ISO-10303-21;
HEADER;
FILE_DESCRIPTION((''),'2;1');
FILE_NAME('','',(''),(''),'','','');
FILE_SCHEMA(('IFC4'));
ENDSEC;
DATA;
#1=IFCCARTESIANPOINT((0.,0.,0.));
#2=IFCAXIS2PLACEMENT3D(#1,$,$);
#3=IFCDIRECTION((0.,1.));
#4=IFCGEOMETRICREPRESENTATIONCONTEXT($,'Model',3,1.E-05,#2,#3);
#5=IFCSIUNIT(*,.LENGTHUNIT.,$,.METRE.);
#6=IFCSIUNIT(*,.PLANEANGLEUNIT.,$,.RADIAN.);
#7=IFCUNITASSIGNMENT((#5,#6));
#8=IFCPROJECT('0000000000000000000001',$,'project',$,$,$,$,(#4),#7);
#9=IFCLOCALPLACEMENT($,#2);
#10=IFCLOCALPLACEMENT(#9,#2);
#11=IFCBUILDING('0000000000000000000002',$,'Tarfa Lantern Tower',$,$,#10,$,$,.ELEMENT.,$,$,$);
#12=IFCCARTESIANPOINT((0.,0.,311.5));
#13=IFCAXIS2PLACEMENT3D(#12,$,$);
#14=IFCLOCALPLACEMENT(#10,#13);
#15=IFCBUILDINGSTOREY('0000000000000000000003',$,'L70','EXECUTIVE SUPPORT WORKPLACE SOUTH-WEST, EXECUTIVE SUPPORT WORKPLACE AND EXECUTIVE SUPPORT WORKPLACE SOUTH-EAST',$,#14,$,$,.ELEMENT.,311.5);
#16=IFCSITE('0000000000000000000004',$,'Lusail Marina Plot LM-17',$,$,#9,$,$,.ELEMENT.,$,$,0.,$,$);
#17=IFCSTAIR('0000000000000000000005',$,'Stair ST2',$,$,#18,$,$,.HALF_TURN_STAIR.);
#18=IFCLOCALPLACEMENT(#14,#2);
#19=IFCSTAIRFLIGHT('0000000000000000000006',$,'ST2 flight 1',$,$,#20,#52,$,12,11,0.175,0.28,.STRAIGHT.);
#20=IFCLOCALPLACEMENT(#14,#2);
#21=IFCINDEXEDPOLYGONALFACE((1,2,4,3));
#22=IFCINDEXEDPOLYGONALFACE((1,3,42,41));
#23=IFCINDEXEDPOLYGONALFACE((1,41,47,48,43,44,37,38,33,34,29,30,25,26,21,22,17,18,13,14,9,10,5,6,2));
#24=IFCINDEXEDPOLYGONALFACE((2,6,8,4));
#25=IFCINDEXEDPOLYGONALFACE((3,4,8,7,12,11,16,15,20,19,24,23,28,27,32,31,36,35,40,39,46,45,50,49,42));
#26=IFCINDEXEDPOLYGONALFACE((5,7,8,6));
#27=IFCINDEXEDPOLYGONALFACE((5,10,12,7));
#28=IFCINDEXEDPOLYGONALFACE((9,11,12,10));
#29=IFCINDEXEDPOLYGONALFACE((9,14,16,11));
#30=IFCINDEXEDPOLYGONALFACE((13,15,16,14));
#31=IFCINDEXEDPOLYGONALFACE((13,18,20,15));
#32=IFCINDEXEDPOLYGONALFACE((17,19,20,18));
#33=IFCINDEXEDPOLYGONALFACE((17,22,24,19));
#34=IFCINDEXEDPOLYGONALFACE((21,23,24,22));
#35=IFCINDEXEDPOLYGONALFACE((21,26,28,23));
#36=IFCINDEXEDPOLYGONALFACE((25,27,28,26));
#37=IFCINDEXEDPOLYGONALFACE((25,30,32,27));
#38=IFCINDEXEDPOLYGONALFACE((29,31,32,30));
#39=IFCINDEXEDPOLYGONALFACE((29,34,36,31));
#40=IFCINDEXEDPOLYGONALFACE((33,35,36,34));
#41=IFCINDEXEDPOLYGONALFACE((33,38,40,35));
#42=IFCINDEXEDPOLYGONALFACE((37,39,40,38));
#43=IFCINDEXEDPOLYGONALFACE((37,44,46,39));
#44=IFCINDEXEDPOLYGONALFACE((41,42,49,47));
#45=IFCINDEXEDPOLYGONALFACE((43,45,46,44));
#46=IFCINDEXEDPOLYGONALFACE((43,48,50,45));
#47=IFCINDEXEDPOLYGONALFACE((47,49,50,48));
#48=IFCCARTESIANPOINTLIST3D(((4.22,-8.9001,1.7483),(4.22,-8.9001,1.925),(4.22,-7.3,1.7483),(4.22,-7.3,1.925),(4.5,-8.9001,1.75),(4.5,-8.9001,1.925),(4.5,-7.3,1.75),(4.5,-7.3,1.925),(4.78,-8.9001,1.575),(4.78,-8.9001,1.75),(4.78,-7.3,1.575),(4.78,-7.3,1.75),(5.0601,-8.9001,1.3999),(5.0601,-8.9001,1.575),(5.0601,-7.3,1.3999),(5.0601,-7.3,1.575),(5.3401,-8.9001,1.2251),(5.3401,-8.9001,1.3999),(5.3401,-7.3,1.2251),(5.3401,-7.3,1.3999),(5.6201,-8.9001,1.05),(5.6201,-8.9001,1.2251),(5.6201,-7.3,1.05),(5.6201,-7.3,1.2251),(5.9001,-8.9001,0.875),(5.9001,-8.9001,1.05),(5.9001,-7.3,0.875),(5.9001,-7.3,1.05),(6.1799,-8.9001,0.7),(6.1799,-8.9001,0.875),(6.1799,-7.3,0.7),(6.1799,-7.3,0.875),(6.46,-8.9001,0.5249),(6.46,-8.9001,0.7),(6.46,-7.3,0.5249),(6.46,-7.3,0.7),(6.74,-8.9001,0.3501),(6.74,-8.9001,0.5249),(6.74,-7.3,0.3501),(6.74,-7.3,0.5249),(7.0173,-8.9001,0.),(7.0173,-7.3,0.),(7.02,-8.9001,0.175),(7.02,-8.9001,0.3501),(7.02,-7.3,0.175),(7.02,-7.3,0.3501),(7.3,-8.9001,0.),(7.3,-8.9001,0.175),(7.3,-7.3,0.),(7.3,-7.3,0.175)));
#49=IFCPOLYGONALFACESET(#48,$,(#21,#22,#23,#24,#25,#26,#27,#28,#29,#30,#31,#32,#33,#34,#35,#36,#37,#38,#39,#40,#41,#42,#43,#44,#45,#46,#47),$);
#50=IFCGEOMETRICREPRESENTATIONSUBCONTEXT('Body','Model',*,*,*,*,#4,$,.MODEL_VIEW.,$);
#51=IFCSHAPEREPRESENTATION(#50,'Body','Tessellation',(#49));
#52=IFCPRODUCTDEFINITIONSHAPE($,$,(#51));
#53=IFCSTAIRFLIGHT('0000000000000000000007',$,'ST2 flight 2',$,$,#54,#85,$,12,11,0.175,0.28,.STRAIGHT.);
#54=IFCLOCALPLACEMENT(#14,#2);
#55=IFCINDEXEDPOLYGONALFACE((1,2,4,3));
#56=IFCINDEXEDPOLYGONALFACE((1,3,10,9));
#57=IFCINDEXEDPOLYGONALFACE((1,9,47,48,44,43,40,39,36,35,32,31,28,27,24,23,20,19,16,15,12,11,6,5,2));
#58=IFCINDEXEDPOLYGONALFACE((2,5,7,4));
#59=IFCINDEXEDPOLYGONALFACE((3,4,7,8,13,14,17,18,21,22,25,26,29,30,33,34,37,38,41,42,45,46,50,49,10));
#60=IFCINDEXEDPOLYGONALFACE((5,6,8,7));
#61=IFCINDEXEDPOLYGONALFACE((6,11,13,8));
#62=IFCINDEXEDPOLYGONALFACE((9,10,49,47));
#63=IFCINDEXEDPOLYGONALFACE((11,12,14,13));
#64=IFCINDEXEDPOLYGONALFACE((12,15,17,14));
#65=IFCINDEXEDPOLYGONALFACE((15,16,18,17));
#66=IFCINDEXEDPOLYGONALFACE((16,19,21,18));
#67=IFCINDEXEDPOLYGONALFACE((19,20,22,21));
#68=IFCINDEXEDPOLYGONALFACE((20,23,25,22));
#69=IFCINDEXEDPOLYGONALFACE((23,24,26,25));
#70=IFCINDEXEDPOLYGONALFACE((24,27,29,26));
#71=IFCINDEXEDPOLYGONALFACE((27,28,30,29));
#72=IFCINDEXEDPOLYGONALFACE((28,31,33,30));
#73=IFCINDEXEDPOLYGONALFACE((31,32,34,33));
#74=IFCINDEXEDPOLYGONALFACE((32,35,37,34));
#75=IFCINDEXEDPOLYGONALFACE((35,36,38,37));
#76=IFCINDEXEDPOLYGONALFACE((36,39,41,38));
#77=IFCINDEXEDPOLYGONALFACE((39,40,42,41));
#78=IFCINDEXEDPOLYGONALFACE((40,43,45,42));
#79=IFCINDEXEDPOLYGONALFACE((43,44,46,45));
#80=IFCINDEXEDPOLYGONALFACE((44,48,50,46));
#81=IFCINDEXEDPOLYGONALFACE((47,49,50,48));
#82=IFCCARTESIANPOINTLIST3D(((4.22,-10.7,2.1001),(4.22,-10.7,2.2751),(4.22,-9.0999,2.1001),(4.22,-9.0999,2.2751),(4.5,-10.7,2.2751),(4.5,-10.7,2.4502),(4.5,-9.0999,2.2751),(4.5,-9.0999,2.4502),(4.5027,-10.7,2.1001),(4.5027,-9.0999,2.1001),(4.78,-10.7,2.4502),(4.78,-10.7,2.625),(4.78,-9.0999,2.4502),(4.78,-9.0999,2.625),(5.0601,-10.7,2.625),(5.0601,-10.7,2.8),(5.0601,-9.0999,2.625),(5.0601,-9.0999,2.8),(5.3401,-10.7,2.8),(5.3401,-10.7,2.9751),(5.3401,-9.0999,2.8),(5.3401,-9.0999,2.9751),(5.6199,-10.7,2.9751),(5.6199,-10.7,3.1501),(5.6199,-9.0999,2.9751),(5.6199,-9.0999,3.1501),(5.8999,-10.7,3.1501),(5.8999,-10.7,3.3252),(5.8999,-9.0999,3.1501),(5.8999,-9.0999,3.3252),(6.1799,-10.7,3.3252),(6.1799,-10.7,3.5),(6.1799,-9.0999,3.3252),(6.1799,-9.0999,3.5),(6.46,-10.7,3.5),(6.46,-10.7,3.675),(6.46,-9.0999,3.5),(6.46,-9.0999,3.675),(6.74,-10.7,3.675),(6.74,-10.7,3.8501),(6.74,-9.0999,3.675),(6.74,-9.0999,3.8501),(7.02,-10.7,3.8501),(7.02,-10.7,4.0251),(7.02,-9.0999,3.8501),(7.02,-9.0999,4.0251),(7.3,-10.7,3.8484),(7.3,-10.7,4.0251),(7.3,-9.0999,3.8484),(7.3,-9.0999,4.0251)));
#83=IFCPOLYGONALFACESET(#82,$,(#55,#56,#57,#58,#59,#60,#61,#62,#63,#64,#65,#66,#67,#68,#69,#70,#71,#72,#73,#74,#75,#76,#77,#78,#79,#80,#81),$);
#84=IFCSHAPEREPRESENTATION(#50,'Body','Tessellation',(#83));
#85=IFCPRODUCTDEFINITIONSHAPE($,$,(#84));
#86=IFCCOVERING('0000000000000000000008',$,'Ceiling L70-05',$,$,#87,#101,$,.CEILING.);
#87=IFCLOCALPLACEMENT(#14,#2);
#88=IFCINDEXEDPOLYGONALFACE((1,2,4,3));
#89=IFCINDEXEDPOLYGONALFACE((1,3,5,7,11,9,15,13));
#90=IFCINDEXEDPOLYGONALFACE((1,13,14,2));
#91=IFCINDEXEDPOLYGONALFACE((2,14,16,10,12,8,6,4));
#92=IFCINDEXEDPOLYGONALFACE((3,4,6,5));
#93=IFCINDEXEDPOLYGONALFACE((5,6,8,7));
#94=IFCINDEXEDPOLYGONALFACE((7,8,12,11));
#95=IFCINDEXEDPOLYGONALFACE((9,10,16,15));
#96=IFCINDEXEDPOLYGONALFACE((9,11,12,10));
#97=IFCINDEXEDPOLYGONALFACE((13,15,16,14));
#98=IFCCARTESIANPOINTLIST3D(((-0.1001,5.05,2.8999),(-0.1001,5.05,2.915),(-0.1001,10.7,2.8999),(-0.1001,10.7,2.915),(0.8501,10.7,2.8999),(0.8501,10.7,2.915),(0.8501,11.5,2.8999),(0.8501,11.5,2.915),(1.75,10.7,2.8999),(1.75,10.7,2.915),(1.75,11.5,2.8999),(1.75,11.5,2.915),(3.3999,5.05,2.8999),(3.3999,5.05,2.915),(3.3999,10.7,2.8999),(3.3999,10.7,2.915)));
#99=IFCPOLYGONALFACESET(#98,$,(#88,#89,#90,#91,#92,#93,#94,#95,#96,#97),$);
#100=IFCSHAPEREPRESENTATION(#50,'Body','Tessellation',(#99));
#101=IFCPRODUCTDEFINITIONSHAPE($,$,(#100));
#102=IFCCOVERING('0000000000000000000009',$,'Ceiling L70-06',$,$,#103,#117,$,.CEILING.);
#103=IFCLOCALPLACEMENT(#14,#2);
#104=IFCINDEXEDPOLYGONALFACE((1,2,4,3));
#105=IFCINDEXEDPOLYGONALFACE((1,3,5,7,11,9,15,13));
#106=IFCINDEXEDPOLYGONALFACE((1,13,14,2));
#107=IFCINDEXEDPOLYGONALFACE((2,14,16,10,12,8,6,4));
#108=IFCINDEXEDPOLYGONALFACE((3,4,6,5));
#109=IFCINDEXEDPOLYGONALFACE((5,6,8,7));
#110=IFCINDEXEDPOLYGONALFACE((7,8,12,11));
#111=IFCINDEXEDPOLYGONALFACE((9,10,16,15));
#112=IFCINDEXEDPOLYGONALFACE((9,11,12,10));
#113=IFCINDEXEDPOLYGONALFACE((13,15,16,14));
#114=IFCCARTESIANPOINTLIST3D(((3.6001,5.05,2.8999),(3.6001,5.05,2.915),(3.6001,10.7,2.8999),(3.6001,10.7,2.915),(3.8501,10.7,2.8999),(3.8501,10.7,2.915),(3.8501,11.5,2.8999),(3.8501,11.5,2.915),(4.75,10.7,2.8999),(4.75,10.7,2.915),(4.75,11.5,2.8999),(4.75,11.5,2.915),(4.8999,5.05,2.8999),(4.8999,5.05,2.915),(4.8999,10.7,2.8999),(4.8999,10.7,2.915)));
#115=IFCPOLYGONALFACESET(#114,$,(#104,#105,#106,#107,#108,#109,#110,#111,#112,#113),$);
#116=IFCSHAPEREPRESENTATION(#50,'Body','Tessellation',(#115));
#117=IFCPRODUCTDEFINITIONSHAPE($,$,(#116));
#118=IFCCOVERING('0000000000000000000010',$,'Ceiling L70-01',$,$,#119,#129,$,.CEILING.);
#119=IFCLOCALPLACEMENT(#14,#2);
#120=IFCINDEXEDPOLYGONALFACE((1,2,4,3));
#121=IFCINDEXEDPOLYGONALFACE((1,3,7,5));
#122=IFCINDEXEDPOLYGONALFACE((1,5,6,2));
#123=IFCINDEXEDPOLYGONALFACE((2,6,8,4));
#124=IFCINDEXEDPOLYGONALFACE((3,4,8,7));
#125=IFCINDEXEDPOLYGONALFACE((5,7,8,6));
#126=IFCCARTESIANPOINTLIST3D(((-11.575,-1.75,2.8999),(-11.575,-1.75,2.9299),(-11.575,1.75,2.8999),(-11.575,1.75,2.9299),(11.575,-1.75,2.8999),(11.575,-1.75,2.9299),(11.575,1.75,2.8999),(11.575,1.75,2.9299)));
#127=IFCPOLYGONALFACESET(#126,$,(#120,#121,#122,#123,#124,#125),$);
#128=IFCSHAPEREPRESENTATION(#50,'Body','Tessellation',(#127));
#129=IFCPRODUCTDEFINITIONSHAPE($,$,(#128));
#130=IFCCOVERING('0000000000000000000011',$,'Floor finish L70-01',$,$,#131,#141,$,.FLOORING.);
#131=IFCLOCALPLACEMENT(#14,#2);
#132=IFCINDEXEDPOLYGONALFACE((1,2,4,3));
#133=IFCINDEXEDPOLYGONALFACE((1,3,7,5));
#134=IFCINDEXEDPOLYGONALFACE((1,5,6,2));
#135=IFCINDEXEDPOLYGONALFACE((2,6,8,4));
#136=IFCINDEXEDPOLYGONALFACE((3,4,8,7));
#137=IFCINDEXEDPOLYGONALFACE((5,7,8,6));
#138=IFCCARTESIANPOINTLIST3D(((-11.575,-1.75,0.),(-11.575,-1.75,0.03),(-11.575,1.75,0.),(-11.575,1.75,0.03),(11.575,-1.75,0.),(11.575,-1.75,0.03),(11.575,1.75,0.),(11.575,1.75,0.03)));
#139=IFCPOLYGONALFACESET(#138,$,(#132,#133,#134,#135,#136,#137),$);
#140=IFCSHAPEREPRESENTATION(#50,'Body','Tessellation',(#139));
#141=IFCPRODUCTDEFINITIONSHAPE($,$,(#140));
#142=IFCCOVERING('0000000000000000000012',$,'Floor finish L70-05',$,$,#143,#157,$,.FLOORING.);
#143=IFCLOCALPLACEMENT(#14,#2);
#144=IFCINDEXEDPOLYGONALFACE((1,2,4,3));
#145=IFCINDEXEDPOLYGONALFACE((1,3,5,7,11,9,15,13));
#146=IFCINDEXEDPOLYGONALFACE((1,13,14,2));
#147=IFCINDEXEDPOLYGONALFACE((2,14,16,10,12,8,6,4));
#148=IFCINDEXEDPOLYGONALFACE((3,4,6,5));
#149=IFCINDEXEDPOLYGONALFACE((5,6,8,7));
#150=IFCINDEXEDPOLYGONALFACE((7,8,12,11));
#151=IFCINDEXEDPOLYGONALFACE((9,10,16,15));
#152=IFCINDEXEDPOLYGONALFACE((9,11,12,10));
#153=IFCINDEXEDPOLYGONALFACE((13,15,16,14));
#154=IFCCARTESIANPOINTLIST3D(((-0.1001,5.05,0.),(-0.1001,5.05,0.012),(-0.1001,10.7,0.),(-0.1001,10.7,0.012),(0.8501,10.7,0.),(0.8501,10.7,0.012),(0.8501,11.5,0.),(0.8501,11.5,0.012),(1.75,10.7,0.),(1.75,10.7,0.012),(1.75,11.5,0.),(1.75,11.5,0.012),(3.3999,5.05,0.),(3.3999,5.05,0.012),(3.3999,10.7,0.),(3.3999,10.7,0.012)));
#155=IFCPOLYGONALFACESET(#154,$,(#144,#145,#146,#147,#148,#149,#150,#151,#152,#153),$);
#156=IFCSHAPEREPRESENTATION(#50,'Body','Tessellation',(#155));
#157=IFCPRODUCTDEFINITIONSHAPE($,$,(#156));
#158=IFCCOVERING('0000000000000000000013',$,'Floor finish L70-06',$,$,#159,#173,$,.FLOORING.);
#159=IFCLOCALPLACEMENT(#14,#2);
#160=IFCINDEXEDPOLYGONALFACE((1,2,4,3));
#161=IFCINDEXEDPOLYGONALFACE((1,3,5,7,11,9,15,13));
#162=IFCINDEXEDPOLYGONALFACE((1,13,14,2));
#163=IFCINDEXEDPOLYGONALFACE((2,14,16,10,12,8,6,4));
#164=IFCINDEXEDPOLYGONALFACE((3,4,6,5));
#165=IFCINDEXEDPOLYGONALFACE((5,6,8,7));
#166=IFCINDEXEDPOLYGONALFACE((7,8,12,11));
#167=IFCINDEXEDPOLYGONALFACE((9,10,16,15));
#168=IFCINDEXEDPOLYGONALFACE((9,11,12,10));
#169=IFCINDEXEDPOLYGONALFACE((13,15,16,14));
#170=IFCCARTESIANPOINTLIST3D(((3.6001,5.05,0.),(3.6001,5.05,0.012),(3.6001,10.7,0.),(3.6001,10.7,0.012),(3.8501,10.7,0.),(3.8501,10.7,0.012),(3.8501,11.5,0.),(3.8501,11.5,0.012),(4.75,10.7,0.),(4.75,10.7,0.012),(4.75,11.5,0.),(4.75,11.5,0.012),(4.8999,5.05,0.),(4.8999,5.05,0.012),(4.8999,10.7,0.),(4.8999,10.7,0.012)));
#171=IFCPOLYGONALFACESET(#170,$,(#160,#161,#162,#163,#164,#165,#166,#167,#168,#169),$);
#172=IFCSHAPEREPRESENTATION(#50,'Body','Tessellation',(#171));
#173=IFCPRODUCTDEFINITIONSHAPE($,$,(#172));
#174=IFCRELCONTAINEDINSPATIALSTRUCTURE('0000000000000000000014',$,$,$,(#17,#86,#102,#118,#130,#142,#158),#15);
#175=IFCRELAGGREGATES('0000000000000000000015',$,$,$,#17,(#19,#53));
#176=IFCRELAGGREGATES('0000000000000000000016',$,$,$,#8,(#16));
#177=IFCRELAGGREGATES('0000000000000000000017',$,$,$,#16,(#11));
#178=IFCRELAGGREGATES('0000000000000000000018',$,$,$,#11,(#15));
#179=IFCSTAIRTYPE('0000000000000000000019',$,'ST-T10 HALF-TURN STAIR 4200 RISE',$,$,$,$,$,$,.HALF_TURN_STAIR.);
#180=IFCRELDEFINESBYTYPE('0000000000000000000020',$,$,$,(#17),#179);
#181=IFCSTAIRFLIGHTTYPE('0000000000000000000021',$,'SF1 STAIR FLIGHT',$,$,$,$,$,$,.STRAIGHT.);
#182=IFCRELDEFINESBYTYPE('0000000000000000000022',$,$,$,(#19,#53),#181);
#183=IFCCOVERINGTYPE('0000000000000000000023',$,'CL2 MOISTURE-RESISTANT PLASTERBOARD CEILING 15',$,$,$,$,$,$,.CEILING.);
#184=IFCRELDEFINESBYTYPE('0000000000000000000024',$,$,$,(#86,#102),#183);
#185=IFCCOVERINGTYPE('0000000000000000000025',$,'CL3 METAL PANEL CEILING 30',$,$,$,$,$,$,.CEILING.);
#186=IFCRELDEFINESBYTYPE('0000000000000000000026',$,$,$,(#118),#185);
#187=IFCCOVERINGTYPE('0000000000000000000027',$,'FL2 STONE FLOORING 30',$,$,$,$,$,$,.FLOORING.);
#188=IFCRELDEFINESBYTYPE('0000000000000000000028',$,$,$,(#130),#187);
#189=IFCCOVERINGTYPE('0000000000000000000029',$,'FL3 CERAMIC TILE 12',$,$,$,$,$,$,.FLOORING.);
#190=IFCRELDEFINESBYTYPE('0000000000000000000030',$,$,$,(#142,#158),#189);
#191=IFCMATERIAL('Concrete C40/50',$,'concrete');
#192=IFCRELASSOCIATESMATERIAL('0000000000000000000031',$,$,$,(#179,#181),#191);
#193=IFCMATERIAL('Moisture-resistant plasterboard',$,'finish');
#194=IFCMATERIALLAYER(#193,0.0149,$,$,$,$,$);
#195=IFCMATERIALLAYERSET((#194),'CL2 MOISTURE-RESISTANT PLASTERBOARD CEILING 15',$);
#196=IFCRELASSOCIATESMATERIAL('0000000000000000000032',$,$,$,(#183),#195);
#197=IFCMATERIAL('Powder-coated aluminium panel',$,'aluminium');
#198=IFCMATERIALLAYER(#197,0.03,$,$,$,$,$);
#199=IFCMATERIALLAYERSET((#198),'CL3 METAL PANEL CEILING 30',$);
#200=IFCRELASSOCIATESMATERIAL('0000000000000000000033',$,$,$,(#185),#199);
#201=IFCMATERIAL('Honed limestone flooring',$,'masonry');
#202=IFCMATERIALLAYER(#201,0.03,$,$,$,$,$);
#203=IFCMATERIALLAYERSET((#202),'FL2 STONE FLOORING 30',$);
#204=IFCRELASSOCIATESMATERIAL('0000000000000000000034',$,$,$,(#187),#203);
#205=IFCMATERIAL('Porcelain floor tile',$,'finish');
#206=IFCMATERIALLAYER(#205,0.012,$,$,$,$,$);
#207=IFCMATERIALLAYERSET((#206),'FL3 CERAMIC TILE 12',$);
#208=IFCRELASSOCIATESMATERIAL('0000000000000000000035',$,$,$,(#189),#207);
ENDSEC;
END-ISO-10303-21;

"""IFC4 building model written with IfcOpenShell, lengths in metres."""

from ifc_helpers import new_model, si_unit, direction, frame, origin, place, context, subcontext, project, spatial, polyline, outline, extrude, material, layer, layer_set, type_object, element, aggregate, save


model = new_model("IFC4")

# Units and contexts
model_context = context("Model", 3, precision=1e-05, world=origin(), true_north=direction((0.0, 1.0)))
body_context = subcontext(model_context, "Body", "Model", "MODEL_VIEW")
ifc_project = project(units=[si_unit("LENGTHUNIT", "METRE"), si_unit("PLANEANGLEUNIT", "RADIAN")], contexts=[model_context])

# Site, building, storey
site_placement = place(None, origin())
site = spatial("IfcSite", under=ifc_project, at=site_placement, Name="Lusail Marina Plot LM-17", CompositionType="ELEMENT", RefElevation=0.0)
building_placement = place(site_placement, origin())
building = spatial("IfcBuilding", under=site, at=building_placement, Name="Tarfa Lantern Tower", CompositionType="ELEMENT")
storey_placement = place(building_placement, frame((0.0, 0.0, 311.5)))
storey = spatial("IfcBuildingStorey", under=building, at=storey_placement, Name="L70", Description="EXECUTIVE SUPPORT WORKPLACE SOUTH-WEST, EXECUTIVE SUPPORT WORKPLACE AND EXECUTIVE SUPPORT WORKPLACE SOUTH-EAST", CompositionType="ELEMENT", Elevation=311.5)

# Stair
ifc_material_1 = material(Name="Concrete C40/50", Category="concrete")
stair_type = type_object("IfcStairType", Name="ST-T10 HALF-TURN STAIR 4200 RISE", PredefinedType="HALF_TURN_STAIR", material=ifc_material_1)
stair_1_placement = place(storey_placement, origin())
stair_1 = element("IfcStair", 1, at=stair_1_placement, inside=storey, type_object=stair_type, Name="Stair ST2", PredefinedType="HALF_TURN_STAIR")

# Stair flights
stair_flight_type = type_object("IfcStairFlightType", Name="SF1 STAIR FLIGHT", PredefinedType="STRAIGHT", material=ifc_material_1)
stair_flight_1_placement = place(storey_placement, frame((7.3, -8.1001, 0.0), z_axis=(0.0, 0.0, 1.0), x_axis=(-1.0, 0.0, 0.0)))
stair_flight_1 = element("IfcStairFlight", 2, at=stair_flight_1_placement, type_object=stair_flight_type, Name="ST2 flight 1", NumberOfRisers=12, NumberOfTreads=11, PredefinedType="STRAIGHT", RiserHeight=0.175, TreadLength=0.28, context=body_context, shape_type="SweptSolid", body=[
    extrude(outline(polyline([(0.0, 0.0), (0.0, 0.175), (0.28, 0.175), (0.28, 0.3501), (0.5601, 0.3501), (0.5601, 0.5249), (0.8401, 0.5249), (0.8401, 0.7), (1.1201, 0.7), (1.1201, 0.875), (1.3999, 0.875), (1.3999, 1.05), (1.6799, 1.05), (1.6799, 1.2251), (1.96, 1.2251), (1.96, 1.3999), (2.24, 1.3999), (2.24, 1.575), (2.52, 1.575), (2.52, 1.75), (2.8, 1.75), (2.8, 1.925), (3.0801, 1.925), (3.0801, 2.1001), (3.0801, 1.7483), (0.2827, 0.0), (0.0, 0.0)])), frame((0.0, 0.8, 0.0), z_axis=(0.0, -1.0, 0.0), x_axis=(1.0, 0.0, 0.0)), (0.0, 0.0, 1.0), 1.6001),
])
stair_flight_2_placement = place(storey_placement, frame((4.22, -9.8999, 2.1001), z_axis=(0.0, 0.0, 1.0), x_axis=(1.0, 0.0, 0.0)))
stair_flight_2 = element("IfcStairFlight", 3, at=stair_flight_2_placement, type_object=stair_flight_type, Name="ST2 flight 2", NumberOfRisers=12, NumberOfTreads=11, PredefinedType="STRAIGHT", RiserHeight=0.175, TreadLength=0.28, context=body_context, shape_type="SweptSolid", body=[
    extrude(outline(polyline([(0.0, 0.0), (0.0, 0.175), (0.28, 0.175), (0.28, 0.3501), (0.5601, 0.3501), (0.5601, 0.5249), (0.8401, 0.5249), (0.8401, 0.7), (1.1201, 0.7), (1.1201, 0.875), (1.3999, 0.875), (1.3999, 1.05), (1.6799, 1.05), (1.6799, 1.2251), (1.96, 1.2251), (1.96, 1.3999), (2.24, 1.3999), (2.24, 1.575), (2.52, 1.575), (2.52, 1.75), (2.8, 1.75), (2.8, 1.925), (3.0801, 1.925), (3.0801, 2.1001), (3.0801, 1.7483), (0.2827, 0.0), (0.0, 0.0)])), frame((0.0, 0.8, 0.0), z_axis=(0.0, -1.0, 0.0), x_axis=(1.0, 0.0, 0.0)), (0.0, 0.0, 1.0), 1.6001),
])
aggregate(stair_1, [stair_flight_1, stair_flight_2])

# Coverings
ifc_material_2 = material(Name="Moisture-resistant plasterboard", Category="finish")
ifc_layer_1 = layer(ifc_material_2, 0.0149)
ifc_layer_set_1 = layer_set([ifc_layer_1], Name="CL2 MOISTURE-RESISTANT PLASTERBOARD CEILING 15")
covering_type_1 = type_object("IfcCoveringType", Name="CL2 MOISTURE-RESISTANT PLASTERBOARD CEILING 15", PredefinedType="CEILING", material=ifc_layer_set_1)
covering_1_placement = place(storey_placement, frame((0.0, 0.0, 2.8999)))
element("IfcCovering", 4, at=covering_1_placement, inside=storey, type_object=covering_type_1, Name="Ceiling L70-05", PredefinedType="CEILING", context=body_context, shape_type="SweptSolid", body=[
    extrude(outline(polyline([(0.8501, 10.7), (-0.1001, 10.7), (-0.1001, 5.05), (3.3999, 5.05), (3.3999, 10.7), (1.75, 10.7), (1.75, 11.5), (0.8501, 11.5), (0.8501, 11.5), (0.8501, 10.7)])), origin(), (0.0, 0.0, 1.0), 0.0151),
])
covering_2_placement = place(storey_placement, frame((0.0, 0.0, 2.8999)))
element("IfcCovering", 5, at=covering_2_placement, inside=storey, type_object=covering_type_1, Name="Ceiling L70-06", PredefinedType="CEILING", context=body_context, shape_type="SweptSolid", body=[
    extrude(outline(polyline([(3.6001, 5.05), (4.8999, 5.05), (4.8999, 10.7), (4.75, 10.7), (4.75, 11.5), (3.8501, 11.5), (3.8501, 10.7), (3.6001, 10.7), (3.6001, 5.05)])), origin(), (0.0, 0.0, 1.0), 0.0151),
])
ifc_material_3 = material(Name="Powder-coated aluminium panel", Category="aluminium")
ifc_layer_2 = layer(ifc_material_3, 0.03)
ifc_layer_set_2 = layer_set([ifc_layer_2], Name="CL3 METAL PANEL CEILING 30")
covering_type_2 = type_object("IfcCoveringType", Name="CL3 METAL PANEL CEILING 30", PredefinedType="CEILING", material=ifc_layer_set_2)
covering_3_placement = place(storey_placement, frame((0.0, 0.0, 2.8999)))
element("IfcCovering", 6, at=covering_3_placement, inside=storey, type_object=covering_type_2, Name="Ceiling L70-01", PredefinedType="CEILING", context=body_context, shape_type="SweptSolid", body=[
    extrude(outline(polyline([(-11.575, -1.75), (11.575, -1.75), (11.575, 1.75), (-11.575, 1.75), (-11.575, -1.75)])), origin(), (0.0, 0.0, 1.0), 0.03),
])
ifc_material_4 = material(Name="Honed limestone flooring", Category="masonry")
ifc_layer_3 = layer(ifc_material_4, 0.03)
ifc_layer_set_3 = layer_set([ifc_layer_3], Name="FL2 STONE FLOORING 30")
covering_type_3 = type_object("IfcCoveringType", Name="FL2 STONE FLOORING 30", PredefinedType="FLOORING", material=ifc_layer_set_3)
covering_4_placement = place(storey_placement, origin())
element("IfcCovering", 7, at=covering_4_placement, inside=storey, type_object=covering_type_3, Name="Floor finish L70-01", PredefinedType="FLOORING", context=body_context, shape_type="SweptSolid", body=[
    extrude(outline(polyline([(-11.575, -1.75), (11.575, -1.75), (11.575, 1.75), (-11.575, 1.75), (-11.575, -1.75)])), origin(), (0.0, 0.0, 1.0), 0.03),
])
ifc_material_5 = material(Name="Porcelain floor tile", Category="finish")
ifc_layer_4 = layer(ifc_material_5, 0.012)
ifc_layer_set_4 = layer_set([ifc_layer_4], Name="FL3 CERAMIC TILE 12")
covering_type_4 = type_object("IfcCoveringType", Name="FL3 CERAMIC TILE 12", PredefinedType="FLOORING", material=ifc_layer_set_4)
covering_5_placement = place(storey_placement, origin())
element("IfcCovering", 8, at=covering_5_placement, inside=storey, type_object=covering_type_4, Name="Floor finish L70-05", PredefinedType="FLOORING", context=body_context, shape_type="SweptSolid", body=[
    extrude(outline(polyline([(0.8501, 10.7), (-0.1001, 10.7), (-0.1001, 5.05), (3.3999, 5.05), (3.3999, 10.7), (1.75, 10.7), (1.75, 11.5), (0.8501, 11.5), (0.8501, 11.5), (0.8501, 10.7)])), origin(), (0.0, 0.0, 1.0), 0.012),
])
covering_6_placement = place(storey_placement, origin())
element("IfcCovering", 9, at=covering_6_placement, inside=storey, type_object=covering_type_4, Name="Floor finish L70-06", PredefinedType="FLOORING", context=body_context, shape_type="SweptSolid", body=[
    extrude(outline(polyline([(3.6001, 5.05), (4.8999, 5.05), (4.8999, 10.7), (4.75, 10.7), (4.75, 11.5), (3.8501, 11.5), (3.8501, 10.7), (3.6001, 10.7), (3.6001, 5.05)])), origin(), (0.0, 0.0, 1.0), 0.012),
])

save(model, "model.ifc")
